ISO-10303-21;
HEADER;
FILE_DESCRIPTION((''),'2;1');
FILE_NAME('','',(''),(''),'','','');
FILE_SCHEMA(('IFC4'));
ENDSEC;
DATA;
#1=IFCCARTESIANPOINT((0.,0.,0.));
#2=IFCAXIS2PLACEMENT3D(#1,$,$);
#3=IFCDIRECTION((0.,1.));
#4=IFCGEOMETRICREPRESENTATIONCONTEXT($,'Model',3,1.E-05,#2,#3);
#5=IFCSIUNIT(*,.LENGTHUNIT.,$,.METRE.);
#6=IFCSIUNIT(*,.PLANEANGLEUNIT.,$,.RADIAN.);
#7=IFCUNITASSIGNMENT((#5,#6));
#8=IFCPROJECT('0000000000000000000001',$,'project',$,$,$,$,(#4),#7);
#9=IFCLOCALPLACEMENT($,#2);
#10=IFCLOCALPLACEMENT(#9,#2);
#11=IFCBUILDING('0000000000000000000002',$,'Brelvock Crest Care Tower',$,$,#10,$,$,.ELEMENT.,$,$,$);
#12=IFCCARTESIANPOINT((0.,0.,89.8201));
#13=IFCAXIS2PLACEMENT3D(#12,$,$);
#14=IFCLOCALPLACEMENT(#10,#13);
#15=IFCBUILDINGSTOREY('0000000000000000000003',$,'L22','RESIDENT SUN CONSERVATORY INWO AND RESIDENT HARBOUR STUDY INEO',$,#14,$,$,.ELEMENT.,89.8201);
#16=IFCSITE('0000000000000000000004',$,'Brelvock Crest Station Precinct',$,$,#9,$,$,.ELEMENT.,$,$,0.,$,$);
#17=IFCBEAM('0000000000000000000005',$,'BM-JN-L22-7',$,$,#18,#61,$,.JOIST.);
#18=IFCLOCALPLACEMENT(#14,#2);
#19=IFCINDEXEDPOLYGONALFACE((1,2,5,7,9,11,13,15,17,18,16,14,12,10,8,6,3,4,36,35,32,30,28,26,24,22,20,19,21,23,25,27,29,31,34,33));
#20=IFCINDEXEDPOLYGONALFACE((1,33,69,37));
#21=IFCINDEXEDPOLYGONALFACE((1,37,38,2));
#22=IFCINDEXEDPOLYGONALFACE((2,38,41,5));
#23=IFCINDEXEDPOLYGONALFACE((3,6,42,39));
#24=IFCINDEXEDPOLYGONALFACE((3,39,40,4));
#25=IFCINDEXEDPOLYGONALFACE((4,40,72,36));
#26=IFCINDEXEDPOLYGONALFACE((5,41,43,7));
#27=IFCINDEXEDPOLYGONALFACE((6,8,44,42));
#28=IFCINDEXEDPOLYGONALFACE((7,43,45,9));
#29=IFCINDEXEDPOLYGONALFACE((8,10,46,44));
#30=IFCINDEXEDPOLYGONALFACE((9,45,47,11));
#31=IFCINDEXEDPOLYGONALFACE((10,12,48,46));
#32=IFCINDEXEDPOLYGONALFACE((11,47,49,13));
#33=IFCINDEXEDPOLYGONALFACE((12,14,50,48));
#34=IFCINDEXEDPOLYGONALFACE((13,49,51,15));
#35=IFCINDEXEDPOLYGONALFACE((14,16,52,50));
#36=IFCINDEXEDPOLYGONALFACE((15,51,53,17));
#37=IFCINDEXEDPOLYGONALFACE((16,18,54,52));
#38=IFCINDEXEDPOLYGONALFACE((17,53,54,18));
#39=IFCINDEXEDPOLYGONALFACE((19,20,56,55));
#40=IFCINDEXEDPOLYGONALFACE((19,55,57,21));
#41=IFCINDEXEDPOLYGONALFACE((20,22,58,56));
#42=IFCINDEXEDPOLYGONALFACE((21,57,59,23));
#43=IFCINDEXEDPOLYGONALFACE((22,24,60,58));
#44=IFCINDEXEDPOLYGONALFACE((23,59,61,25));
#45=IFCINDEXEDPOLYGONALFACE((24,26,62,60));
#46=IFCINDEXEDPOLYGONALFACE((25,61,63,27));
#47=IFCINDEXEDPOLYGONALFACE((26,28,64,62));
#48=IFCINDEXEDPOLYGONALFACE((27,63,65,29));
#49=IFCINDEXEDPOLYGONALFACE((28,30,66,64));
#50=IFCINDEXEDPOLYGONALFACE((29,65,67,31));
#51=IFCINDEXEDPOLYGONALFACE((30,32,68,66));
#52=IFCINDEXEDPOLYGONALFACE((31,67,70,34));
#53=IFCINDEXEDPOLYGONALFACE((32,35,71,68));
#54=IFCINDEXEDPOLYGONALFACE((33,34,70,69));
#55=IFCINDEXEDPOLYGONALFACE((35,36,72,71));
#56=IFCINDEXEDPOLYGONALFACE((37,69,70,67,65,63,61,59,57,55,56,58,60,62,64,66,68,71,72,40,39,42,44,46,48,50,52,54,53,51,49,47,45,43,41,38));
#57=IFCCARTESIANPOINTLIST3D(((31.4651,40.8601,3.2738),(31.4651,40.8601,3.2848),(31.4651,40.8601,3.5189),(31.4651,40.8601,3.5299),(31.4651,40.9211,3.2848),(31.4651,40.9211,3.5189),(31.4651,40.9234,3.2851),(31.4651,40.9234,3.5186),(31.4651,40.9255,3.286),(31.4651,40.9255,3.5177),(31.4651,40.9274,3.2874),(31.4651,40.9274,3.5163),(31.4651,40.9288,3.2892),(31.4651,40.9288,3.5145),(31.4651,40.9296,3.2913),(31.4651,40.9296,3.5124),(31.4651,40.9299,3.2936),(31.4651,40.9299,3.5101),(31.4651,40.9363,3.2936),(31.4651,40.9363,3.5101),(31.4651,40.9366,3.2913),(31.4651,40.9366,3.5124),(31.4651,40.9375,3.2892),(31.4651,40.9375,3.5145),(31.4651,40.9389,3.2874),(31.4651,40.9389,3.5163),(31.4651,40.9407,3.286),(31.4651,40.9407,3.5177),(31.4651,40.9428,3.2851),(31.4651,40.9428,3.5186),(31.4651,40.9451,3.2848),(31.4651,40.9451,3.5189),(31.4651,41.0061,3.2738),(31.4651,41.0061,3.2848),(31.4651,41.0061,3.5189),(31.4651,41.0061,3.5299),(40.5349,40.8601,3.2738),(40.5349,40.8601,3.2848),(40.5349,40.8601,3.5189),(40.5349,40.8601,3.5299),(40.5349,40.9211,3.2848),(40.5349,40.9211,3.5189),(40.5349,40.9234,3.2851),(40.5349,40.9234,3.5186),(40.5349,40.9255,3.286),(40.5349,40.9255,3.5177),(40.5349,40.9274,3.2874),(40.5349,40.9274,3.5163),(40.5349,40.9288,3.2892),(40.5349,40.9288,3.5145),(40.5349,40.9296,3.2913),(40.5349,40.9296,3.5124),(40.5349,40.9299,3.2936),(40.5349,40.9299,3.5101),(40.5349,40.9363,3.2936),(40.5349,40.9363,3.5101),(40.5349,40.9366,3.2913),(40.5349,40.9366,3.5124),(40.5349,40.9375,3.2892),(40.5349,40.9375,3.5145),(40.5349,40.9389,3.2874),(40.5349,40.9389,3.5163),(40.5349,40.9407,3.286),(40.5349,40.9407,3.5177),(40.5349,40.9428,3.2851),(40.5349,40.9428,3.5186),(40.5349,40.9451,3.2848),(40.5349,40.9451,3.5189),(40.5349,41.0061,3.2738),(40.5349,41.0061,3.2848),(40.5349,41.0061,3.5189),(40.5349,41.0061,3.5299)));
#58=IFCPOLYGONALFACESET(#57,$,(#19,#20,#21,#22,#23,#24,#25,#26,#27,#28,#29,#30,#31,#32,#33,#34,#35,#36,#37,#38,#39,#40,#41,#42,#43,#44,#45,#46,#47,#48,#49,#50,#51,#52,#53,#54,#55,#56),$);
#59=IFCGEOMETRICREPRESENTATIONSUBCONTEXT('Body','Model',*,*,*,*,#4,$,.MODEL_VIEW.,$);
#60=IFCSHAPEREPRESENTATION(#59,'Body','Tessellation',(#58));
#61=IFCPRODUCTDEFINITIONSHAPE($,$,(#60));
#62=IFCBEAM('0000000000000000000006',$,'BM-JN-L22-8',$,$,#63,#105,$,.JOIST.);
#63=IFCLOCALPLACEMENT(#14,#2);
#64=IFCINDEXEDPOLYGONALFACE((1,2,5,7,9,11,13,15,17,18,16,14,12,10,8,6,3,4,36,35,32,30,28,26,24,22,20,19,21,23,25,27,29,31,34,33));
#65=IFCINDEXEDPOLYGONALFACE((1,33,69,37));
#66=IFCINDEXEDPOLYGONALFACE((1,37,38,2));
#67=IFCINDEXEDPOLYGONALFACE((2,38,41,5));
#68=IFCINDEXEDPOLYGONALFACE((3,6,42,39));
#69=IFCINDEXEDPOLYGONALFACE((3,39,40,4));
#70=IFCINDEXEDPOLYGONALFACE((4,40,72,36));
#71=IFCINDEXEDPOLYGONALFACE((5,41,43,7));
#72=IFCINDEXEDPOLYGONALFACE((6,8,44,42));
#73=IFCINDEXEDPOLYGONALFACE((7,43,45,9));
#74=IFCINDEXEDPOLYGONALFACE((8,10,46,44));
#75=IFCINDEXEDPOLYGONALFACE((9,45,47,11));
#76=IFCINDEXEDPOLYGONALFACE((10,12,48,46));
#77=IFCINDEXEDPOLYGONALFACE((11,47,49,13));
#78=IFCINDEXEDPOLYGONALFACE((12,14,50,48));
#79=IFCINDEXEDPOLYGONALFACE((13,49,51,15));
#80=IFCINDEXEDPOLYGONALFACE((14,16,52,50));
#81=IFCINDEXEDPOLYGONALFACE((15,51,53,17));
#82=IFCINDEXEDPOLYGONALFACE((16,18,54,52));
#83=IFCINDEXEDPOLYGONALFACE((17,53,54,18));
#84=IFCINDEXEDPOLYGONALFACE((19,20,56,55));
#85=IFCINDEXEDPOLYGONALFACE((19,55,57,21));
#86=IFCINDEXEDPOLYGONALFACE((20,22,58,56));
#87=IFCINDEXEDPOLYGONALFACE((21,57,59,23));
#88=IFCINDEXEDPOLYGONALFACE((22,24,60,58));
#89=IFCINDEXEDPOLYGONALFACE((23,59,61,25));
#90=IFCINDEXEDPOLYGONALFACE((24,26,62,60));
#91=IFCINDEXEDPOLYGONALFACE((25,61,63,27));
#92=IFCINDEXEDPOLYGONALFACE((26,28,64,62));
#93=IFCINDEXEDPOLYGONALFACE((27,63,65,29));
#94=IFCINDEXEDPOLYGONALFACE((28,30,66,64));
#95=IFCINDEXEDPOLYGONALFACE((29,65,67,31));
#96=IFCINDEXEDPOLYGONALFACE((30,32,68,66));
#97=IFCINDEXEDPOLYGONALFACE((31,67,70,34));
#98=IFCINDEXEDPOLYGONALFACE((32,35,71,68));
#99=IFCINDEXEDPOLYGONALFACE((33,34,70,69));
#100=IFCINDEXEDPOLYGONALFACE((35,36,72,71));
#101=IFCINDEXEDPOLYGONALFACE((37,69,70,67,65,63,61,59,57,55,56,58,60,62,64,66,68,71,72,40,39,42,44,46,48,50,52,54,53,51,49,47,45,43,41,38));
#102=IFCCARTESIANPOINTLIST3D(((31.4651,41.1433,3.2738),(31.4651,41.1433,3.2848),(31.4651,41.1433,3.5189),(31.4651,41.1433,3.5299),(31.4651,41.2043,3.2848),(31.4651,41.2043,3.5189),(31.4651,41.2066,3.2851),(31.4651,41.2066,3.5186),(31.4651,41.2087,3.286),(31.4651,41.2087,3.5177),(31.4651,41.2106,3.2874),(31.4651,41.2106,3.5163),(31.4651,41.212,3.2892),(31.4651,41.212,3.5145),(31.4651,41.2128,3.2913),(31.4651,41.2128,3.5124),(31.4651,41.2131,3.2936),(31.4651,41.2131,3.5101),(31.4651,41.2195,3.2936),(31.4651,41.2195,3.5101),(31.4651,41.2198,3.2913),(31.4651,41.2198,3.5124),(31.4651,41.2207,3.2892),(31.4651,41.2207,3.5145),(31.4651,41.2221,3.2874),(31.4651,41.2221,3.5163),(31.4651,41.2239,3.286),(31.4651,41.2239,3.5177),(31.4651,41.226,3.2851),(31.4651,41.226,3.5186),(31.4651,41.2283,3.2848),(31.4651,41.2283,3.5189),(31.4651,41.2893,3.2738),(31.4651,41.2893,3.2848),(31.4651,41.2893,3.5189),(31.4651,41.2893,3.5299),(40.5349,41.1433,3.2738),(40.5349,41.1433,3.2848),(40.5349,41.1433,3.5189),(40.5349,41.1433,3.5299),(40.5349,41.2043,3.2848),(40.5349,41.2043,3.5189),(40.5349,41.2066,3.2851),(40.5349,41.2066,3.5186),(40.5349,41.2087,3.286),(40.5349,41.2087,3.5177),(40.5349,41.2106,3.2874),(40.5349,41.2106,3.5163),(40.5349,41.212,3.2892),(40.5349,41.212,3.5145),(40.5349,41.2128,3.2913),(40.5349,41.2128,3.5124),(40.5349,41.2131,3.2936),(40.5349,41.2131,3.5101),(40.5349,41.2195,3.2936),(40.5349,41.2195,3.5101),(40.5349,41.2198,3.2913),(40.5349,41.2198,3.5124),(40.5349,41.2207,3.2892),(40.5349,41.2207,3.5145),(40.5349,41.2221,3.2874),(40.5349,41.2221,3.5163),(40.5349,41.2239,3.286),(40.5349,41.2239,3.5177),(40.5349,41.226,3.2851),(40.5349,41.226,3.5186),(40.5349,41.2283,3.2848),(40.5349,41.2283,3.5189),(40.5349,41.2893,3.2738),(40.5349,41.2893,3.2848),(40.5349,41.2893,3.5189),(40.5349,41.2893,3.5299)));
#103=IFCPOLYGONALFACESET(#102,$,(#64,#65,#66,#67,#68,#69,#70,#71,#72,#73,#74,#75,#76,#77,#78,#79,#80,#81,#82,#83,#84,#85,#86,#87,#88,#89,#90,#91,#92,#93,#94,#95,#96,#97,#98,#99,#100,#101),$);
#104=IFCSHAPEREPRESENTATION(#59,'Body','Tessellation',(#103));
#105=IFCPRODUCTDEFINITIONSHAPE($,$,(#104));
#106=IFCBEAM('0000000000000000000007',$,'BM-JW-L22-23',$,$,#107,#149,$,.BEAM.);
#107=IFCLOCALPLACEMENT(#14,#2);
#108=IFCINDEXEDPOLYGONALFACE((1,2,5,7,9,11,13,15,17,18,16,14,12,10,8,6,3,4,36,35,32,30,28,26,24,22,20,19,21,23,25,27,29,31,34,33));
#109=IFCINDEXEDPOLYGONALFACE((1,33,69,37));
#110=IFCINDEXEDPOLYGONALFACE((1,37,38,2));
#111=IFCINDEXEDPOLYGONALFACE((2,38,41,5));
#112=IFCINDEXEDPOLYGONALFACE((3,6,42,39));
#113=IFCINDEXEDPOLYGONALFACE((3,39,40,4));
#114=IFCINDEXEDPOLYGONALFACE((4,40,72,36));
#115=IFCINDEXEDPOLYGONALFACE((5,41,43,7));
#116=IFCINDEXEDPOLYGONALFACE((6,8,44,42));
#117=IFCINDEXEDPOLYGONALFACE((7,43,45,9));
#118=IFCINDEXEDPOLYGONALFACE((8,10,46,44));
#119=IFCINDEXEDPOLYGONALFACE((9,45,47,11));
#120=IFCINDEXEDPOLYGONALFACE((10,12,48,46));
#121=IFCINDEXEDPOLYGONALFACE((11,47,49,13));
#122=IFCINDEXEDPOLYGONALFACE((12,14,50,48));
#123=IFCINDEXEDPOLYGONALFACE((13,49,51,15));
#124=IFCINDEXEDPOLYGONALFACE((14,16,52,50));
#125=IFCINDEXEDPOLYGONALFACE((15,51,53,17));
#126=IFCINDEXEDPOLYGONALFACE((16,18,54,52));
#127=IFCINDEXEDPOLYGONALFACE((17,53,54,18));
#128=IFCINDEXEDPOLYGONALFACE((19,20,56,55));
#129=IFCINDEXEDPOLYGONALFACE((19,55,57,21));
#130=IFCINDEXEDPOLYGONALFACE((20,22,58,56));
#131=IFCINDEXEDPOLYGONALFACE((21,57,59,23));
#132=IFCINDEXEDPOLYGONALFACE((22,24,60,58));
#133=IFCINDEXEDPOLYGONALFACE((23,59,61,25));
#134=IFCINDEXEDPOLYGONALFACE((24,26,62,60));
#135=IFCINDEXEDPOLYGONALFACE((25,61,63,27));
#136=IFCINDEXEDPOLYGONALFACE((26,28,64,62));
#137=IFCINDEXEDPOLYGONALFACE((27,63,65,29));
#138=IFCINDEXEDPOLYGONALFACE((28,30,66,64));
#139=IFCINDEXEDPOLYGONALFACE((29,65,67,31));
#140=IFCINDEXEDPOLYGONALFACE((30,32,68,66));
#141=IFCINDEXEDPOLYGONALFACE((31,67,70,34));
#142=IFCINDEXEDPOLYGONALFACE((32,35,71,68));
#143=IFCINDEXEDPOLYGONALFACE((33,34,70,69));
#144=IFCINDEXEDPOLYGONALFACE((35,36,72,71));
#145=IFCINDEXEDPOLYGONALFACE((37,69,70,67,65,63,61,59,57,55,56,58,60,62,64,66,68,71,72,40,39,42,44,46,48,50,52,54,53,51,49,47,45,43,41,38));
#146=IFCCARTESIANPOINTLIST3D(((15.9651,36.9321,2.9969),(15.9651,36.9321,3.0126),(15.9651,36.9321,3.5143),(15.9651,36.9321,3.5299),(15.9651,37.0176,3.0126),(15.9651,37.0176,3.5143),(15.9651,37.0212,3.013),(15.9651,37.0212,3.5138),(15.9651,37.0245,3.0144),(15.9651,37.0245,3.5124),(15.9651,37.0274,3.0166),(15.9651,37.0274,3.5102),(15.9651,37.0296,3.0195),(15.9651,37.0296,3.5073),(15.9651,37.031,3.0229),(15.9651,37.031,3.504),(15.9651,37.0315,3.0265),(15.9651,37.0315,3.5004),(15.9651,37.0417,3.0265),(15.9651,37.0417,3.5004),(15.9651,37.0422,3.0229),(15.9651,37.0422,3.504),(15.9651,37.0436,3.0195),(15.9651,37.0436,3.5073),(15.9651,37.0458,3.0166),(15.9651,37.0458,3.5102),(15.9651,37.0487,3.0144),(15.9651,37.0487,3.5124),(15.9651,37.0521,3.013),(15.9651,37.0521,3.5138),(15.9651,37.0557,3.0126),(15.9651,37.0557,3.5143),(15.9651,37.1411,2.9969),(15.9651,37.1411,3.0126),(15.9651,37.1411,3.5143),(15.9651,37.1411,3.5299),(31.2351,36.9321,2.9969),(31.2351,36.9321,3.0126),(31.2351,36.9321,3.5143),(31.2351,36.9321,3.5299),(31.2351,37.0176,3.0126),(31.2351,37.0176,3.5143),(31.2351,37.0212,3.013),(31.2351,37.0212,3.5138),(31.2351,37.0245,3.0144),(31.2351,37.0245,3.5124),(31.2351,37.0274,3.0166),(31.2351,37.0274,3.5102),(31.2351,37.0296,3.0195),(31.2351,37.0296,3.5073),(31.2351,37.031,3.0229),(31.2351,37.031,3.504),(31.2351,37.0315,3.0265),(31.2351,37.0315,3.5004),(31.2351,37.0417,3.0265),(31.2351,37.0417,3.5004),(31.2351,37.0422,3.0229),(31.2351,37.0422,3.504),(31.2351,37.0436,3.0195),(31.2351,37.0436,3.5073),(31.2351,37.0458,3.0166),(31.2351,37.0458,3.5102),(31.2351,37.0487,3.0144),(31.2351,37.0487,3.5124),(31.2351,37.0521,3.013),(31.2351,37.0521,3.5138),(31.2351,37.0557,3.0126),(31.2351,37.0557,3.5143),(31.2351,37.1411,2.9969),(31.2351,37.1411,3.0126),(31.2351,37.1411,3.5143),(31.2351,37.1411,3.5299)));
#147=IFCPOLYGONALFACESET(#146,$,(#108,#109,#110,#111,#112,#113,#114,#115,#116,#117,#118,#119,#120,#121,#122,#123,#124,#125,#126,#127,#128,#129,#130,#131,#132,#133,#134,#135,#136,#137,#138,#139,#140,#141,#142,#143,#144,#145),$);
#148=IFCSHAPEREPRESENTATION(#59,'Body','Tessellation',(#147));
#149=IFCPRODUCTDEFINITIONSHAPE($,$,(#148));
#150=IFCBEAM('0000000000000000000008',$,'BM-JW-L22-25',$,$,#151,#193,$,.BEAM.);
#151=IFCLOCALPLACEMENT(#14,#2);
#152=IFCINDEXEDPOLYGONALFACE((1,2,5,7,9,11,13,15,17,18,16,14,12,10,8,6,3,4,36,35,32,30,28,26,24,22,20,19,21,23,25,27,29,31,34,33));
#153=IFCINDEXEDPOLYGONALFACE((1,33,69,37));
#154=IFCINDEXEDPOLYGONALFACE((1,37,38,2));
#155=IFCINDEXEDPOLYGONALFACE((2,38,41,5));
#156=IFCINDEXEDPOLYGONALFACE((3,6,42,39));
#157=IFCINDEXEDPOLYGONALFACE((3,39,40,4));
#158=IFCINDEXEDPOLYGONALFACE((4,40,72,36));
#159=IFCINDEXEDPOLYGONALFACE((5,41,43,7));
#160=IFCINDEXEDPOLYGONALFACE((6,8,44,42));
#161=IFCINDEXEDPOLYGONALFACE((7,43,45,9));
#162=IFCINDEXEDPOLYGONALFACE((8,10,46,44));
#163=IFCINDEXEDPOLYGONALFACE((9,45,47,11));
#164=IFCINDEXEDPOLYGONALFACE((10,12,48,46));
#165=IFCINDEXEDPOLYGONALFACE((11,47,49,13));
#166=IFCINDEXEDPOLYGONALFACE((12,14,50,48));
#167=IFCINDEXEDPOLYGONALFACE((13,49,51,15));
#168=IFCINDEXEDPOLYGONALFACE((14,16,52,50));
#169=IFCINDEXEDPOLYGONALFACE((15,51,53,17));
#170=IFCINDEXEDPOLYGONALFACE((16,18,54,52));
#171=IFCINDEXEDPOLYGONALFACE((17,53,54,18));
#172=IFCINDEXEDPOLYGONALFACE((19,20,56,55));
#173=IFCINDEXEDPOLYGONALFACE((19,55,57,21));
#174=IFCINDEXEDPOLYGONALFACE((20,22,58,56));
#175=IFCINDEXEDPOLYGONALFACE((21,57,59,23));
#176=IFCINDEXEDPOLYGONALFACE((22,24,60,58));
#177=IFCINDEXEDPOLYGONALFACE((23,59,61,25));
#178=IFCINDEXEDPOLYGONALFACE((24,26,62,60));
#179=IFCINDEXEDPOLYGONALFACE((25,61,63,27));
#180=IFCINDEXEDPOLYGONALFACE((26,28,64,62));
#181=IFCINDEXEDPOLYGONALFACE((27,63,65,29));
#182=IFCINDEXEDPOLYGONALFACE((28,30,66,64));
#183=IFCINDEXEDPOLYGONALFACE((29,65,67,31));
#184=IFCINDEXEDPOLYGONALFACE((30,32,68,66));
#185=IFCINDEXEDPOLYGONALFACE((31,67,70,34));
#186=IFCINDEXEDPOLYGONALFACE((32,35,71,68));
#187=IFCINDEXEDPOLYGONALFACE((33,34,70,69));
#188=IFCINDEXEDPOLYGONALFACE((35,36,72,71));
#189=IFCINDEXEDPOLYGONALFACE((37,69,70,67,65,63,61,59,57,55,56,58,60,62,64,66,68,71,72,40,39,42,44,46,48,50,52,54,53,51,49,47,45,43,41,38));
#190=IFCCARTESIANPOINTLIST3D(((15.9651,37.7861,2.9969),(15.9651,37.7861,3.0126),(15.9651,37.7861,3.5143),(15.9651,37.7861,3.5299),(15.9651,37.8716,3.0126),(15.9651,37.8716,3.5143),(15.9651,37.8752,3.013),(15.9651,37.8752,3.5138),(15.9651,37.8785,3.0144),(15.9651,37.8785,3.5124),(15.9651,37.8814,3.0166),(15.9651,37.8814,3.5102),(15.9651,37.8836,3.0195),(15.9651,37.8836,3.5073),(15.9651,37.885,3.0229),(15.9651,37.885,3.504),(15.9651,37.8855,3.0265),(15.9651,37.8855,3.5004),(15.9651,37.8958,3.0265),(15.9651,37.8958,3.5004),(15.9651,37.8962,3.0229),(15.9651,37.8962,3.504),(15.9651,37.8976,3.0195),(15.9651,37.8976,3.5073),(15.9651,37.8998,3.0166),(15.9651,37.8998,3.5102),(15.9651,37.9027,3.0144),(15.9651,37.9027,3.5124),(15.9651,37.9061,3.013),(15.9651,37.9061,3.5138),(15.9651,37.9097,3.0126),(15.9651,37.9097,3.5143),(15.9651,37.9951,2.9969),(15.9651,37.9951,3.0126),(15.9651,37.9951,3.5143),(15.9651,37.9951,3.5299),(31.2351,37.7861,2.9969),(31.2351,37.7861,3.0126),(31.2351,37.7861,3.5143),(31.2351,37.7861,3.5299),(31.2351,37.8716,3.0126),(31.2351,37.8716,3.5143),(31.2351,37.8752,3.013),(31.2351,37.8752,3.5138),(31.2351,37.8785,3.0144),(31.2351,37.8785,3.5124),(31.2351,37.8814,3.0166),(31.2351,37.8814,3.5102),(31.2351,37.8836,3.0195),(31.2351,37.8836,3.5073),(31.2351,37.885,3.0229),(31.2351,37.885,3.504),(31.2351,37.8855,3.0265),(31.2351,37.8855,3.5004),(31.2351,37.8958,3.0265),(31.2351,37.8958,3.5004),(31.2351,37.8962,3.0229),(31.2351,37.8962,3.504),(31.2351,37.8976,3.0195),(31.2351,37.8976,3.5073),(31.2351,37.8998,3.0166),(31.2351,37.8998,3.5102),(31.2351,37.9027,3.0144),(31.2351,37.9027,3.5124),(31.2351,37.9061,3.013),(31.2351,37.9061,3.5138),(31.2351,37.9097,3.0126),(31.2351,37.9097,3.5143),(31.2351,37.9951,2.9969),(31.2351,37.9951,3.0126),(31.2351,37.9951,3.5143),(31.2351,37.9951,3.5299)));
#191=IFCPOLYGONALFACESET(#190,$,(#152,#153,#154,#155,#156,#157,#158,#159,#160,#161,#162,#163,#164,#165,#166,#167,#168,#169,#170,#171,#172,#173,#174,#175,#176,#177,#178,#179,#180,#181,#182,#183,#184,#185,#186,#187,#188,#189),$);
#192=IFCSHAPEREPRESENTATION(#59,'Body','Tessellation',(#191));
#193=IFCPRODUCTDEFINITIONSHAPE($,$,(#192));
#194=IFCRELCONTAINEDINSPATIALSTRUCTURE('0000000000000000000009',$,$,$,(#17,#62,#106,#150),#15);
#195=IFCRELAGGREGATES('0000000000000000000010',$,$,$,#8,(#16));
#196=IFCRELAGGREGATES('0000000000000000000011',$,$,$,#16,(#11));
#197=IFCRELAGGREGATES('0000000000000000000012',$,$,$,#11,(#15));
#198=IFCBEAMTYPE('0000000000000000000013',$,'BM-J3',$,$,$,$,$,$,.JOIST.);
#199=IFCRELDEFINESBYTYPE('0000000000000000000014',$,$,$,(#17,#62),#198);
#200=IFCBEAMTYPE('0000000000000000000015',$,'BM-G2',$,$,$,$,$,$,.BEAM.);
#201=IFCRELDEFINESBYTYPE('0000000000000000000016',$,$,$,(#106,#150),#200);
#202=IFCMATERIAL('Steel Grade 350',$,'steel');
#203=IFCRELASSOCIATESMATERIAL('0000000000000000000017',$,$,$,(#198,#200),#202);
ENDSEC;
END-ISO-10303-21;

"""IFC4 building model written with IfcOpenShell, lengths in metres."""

from ifc_helpers import new_model, si_unit, direction, frame, origin, origin_2d, place, context, subcontext, project, spatial, i_section, extrude, source, transform, mapped, material, material_profile, profile_set, type_object, element, save


model = new_model("IFC4")

# Units and contexts
model_context = context("Model", 3, precision=1e-05, world=origin(), true_north=direction((0.0, 1.0)))
body_context = subcontext(model_context, "Body", "Model", "MODEL_VIEW")
ifc_project = project(units=[si_unit("LENGTHUNIT", "METRE"), si_unit("PLANEANGLEUNIT", "RADIAN")], contexts=[model_context])

# Site, building, storey
site_placement = place(None, origin())
site = spatial("IfcSite", under=ifc_project, at=site_placement, Name="Brelvock Crest Station Precinct", CompositionType="ELEMENT", RefElevation=0.0)
building_placement = place(site_placement, origin())
building = spatial("IfcBuilding", under=site, at=building_placement, Name="Brelvock Crest Care Tower", CompositionType="ELEMENT")
storey_placement = place(building_placement, frame((0.0, 0.0, 89.8201)))
storey = spatial("IfcBuildingStorey", under=building, at=storey_placement, Name="L22", Description="RESIDENT SUN CONSERVATORY INWO AND RESIDENT HARBOUR STUDY INEO", CompositionType="ELEMENT", Elevation=89.8201)

# Beams
ifc_material_1 = material(Name="Steel Grade 350", Category="steel")
ifc_material_profile_1 = material_profile(ifc_material_1, i_section(OverallWidth=0.146, OverallDepth=0.2561, WebThickness=0.0063, FlangeThickness=0.011, FilletRadius=0.0088, at=origin_2d()), Name="250UB37.3")
ifc_profile_set_1 = profile_set([ifc_material_profile_1], Name="Steel Grade 350")
beam_type_1 = type_object("IfcBeamType", Name="BM-J3", PredefinedType="JOIST", material=ifc_profile_set_1)
shared_shape_1 = source(origin(), body_context, "Body", "SweptSolid", [
    extrude(i_section(OverallWidth=0.146, OverallDepth=0.2561, WebThickness=0.0063, FlangeThickness=0.011, FilletRadius=0.0088, at=origin_2d()), origin(), (0.0, 0.0, 1.0), 9.0698),
])
for number, where, z_axis, x_axis, name in (
    (1, (31.4651, 40.9331, 3.4019), (1.0, 0.0, 0.0), (0.0, 1.0, 0.0), "BM-JN-L22-7"),
    (2, (31.4651, 41.2163, 3.4019), (1.0, 0.0, 0.0), (0.0, 1.0, 0.0), "BM-JN-L22-8"),
):
    element("IfcBeam", number, at=place(storey_placement, frame(where, z_axis=z_axis, x_axis=x_axis)), inside=storey, type_object=beam_type_1, Name=name, PredefinedType="JOIST", context=body_context, shape_type="MappedRepresentation", body=[
        mapped(shared_shape_1, transform((0.0, 0.0, 0.0), x_axis=(1.0, 0.0, 0.0), y_axis=(0.0, 1.0, 0.0), z_axis=(0.0, 0.0, 1.0), scale=1.0)),
    ])
ifc_material_profile_2 = material_profile(ifc_material_1, i_section(OverallWidth=0.209, OverallDepth=0.533, WebThickness=0.0103, FlangeThickness=0.0156, FilletRadius=0.0139, at=origin_2d()), Name="530UB92.4")
ifc_profile_set_2 = profile_set([ifc_material_profile_2], Name="Steel Grade 350")
beam_type_2 = type_object("IfcBeamType", Name="BM-G2", PredefinedType="BEAM", material=ifc_profile_set_2)
shared_shape_2 = source(origin(), body_context, "Body", "SweptSolid", [
    extrude(i_section(OverallWidth=0.209, OverallDepth=0.533, WebThickness=0.0103, FlangeThickness=0.0156, FilletRadius=0.0139, at=origin_2d()), origin(), (0.0, 0.0, 1.0), 15.27),
])
for number, where, z_axis, x_axis, name in (
    (3, (15.9651, 37.0366, 3.2634), (1.0, 0.0, 0.0), (0.0, 1.0, 0.0), "BM-JW-L22-23"),
    (4, (15.9651, 37.8906, 3.2634), (1.0, 0.0, 0.0), (0.0, 1.0, 0.0), "BM-JW-L22-25"),
):
    element("IfcBeam", number, at=place(storey_placement, frame(where, z_axis=z_axis, x_axis=x_axis)), inside=storey, type_object=beam_type_2, Name=name, PredefinedType="BEAM", context=body_context, shape_type="MappedRepresentation", body=[
        mapped(shared_shape_2, transform((0.0, 0.0, 0.0), x_axis=(1.0, 0.0, 0.0), y_axis=(0.0, 1.0, 0.0), z_axis=(0.0, 0.0, 1.0), scale=1.0)),
    ])

save(model, "model.ifc")
